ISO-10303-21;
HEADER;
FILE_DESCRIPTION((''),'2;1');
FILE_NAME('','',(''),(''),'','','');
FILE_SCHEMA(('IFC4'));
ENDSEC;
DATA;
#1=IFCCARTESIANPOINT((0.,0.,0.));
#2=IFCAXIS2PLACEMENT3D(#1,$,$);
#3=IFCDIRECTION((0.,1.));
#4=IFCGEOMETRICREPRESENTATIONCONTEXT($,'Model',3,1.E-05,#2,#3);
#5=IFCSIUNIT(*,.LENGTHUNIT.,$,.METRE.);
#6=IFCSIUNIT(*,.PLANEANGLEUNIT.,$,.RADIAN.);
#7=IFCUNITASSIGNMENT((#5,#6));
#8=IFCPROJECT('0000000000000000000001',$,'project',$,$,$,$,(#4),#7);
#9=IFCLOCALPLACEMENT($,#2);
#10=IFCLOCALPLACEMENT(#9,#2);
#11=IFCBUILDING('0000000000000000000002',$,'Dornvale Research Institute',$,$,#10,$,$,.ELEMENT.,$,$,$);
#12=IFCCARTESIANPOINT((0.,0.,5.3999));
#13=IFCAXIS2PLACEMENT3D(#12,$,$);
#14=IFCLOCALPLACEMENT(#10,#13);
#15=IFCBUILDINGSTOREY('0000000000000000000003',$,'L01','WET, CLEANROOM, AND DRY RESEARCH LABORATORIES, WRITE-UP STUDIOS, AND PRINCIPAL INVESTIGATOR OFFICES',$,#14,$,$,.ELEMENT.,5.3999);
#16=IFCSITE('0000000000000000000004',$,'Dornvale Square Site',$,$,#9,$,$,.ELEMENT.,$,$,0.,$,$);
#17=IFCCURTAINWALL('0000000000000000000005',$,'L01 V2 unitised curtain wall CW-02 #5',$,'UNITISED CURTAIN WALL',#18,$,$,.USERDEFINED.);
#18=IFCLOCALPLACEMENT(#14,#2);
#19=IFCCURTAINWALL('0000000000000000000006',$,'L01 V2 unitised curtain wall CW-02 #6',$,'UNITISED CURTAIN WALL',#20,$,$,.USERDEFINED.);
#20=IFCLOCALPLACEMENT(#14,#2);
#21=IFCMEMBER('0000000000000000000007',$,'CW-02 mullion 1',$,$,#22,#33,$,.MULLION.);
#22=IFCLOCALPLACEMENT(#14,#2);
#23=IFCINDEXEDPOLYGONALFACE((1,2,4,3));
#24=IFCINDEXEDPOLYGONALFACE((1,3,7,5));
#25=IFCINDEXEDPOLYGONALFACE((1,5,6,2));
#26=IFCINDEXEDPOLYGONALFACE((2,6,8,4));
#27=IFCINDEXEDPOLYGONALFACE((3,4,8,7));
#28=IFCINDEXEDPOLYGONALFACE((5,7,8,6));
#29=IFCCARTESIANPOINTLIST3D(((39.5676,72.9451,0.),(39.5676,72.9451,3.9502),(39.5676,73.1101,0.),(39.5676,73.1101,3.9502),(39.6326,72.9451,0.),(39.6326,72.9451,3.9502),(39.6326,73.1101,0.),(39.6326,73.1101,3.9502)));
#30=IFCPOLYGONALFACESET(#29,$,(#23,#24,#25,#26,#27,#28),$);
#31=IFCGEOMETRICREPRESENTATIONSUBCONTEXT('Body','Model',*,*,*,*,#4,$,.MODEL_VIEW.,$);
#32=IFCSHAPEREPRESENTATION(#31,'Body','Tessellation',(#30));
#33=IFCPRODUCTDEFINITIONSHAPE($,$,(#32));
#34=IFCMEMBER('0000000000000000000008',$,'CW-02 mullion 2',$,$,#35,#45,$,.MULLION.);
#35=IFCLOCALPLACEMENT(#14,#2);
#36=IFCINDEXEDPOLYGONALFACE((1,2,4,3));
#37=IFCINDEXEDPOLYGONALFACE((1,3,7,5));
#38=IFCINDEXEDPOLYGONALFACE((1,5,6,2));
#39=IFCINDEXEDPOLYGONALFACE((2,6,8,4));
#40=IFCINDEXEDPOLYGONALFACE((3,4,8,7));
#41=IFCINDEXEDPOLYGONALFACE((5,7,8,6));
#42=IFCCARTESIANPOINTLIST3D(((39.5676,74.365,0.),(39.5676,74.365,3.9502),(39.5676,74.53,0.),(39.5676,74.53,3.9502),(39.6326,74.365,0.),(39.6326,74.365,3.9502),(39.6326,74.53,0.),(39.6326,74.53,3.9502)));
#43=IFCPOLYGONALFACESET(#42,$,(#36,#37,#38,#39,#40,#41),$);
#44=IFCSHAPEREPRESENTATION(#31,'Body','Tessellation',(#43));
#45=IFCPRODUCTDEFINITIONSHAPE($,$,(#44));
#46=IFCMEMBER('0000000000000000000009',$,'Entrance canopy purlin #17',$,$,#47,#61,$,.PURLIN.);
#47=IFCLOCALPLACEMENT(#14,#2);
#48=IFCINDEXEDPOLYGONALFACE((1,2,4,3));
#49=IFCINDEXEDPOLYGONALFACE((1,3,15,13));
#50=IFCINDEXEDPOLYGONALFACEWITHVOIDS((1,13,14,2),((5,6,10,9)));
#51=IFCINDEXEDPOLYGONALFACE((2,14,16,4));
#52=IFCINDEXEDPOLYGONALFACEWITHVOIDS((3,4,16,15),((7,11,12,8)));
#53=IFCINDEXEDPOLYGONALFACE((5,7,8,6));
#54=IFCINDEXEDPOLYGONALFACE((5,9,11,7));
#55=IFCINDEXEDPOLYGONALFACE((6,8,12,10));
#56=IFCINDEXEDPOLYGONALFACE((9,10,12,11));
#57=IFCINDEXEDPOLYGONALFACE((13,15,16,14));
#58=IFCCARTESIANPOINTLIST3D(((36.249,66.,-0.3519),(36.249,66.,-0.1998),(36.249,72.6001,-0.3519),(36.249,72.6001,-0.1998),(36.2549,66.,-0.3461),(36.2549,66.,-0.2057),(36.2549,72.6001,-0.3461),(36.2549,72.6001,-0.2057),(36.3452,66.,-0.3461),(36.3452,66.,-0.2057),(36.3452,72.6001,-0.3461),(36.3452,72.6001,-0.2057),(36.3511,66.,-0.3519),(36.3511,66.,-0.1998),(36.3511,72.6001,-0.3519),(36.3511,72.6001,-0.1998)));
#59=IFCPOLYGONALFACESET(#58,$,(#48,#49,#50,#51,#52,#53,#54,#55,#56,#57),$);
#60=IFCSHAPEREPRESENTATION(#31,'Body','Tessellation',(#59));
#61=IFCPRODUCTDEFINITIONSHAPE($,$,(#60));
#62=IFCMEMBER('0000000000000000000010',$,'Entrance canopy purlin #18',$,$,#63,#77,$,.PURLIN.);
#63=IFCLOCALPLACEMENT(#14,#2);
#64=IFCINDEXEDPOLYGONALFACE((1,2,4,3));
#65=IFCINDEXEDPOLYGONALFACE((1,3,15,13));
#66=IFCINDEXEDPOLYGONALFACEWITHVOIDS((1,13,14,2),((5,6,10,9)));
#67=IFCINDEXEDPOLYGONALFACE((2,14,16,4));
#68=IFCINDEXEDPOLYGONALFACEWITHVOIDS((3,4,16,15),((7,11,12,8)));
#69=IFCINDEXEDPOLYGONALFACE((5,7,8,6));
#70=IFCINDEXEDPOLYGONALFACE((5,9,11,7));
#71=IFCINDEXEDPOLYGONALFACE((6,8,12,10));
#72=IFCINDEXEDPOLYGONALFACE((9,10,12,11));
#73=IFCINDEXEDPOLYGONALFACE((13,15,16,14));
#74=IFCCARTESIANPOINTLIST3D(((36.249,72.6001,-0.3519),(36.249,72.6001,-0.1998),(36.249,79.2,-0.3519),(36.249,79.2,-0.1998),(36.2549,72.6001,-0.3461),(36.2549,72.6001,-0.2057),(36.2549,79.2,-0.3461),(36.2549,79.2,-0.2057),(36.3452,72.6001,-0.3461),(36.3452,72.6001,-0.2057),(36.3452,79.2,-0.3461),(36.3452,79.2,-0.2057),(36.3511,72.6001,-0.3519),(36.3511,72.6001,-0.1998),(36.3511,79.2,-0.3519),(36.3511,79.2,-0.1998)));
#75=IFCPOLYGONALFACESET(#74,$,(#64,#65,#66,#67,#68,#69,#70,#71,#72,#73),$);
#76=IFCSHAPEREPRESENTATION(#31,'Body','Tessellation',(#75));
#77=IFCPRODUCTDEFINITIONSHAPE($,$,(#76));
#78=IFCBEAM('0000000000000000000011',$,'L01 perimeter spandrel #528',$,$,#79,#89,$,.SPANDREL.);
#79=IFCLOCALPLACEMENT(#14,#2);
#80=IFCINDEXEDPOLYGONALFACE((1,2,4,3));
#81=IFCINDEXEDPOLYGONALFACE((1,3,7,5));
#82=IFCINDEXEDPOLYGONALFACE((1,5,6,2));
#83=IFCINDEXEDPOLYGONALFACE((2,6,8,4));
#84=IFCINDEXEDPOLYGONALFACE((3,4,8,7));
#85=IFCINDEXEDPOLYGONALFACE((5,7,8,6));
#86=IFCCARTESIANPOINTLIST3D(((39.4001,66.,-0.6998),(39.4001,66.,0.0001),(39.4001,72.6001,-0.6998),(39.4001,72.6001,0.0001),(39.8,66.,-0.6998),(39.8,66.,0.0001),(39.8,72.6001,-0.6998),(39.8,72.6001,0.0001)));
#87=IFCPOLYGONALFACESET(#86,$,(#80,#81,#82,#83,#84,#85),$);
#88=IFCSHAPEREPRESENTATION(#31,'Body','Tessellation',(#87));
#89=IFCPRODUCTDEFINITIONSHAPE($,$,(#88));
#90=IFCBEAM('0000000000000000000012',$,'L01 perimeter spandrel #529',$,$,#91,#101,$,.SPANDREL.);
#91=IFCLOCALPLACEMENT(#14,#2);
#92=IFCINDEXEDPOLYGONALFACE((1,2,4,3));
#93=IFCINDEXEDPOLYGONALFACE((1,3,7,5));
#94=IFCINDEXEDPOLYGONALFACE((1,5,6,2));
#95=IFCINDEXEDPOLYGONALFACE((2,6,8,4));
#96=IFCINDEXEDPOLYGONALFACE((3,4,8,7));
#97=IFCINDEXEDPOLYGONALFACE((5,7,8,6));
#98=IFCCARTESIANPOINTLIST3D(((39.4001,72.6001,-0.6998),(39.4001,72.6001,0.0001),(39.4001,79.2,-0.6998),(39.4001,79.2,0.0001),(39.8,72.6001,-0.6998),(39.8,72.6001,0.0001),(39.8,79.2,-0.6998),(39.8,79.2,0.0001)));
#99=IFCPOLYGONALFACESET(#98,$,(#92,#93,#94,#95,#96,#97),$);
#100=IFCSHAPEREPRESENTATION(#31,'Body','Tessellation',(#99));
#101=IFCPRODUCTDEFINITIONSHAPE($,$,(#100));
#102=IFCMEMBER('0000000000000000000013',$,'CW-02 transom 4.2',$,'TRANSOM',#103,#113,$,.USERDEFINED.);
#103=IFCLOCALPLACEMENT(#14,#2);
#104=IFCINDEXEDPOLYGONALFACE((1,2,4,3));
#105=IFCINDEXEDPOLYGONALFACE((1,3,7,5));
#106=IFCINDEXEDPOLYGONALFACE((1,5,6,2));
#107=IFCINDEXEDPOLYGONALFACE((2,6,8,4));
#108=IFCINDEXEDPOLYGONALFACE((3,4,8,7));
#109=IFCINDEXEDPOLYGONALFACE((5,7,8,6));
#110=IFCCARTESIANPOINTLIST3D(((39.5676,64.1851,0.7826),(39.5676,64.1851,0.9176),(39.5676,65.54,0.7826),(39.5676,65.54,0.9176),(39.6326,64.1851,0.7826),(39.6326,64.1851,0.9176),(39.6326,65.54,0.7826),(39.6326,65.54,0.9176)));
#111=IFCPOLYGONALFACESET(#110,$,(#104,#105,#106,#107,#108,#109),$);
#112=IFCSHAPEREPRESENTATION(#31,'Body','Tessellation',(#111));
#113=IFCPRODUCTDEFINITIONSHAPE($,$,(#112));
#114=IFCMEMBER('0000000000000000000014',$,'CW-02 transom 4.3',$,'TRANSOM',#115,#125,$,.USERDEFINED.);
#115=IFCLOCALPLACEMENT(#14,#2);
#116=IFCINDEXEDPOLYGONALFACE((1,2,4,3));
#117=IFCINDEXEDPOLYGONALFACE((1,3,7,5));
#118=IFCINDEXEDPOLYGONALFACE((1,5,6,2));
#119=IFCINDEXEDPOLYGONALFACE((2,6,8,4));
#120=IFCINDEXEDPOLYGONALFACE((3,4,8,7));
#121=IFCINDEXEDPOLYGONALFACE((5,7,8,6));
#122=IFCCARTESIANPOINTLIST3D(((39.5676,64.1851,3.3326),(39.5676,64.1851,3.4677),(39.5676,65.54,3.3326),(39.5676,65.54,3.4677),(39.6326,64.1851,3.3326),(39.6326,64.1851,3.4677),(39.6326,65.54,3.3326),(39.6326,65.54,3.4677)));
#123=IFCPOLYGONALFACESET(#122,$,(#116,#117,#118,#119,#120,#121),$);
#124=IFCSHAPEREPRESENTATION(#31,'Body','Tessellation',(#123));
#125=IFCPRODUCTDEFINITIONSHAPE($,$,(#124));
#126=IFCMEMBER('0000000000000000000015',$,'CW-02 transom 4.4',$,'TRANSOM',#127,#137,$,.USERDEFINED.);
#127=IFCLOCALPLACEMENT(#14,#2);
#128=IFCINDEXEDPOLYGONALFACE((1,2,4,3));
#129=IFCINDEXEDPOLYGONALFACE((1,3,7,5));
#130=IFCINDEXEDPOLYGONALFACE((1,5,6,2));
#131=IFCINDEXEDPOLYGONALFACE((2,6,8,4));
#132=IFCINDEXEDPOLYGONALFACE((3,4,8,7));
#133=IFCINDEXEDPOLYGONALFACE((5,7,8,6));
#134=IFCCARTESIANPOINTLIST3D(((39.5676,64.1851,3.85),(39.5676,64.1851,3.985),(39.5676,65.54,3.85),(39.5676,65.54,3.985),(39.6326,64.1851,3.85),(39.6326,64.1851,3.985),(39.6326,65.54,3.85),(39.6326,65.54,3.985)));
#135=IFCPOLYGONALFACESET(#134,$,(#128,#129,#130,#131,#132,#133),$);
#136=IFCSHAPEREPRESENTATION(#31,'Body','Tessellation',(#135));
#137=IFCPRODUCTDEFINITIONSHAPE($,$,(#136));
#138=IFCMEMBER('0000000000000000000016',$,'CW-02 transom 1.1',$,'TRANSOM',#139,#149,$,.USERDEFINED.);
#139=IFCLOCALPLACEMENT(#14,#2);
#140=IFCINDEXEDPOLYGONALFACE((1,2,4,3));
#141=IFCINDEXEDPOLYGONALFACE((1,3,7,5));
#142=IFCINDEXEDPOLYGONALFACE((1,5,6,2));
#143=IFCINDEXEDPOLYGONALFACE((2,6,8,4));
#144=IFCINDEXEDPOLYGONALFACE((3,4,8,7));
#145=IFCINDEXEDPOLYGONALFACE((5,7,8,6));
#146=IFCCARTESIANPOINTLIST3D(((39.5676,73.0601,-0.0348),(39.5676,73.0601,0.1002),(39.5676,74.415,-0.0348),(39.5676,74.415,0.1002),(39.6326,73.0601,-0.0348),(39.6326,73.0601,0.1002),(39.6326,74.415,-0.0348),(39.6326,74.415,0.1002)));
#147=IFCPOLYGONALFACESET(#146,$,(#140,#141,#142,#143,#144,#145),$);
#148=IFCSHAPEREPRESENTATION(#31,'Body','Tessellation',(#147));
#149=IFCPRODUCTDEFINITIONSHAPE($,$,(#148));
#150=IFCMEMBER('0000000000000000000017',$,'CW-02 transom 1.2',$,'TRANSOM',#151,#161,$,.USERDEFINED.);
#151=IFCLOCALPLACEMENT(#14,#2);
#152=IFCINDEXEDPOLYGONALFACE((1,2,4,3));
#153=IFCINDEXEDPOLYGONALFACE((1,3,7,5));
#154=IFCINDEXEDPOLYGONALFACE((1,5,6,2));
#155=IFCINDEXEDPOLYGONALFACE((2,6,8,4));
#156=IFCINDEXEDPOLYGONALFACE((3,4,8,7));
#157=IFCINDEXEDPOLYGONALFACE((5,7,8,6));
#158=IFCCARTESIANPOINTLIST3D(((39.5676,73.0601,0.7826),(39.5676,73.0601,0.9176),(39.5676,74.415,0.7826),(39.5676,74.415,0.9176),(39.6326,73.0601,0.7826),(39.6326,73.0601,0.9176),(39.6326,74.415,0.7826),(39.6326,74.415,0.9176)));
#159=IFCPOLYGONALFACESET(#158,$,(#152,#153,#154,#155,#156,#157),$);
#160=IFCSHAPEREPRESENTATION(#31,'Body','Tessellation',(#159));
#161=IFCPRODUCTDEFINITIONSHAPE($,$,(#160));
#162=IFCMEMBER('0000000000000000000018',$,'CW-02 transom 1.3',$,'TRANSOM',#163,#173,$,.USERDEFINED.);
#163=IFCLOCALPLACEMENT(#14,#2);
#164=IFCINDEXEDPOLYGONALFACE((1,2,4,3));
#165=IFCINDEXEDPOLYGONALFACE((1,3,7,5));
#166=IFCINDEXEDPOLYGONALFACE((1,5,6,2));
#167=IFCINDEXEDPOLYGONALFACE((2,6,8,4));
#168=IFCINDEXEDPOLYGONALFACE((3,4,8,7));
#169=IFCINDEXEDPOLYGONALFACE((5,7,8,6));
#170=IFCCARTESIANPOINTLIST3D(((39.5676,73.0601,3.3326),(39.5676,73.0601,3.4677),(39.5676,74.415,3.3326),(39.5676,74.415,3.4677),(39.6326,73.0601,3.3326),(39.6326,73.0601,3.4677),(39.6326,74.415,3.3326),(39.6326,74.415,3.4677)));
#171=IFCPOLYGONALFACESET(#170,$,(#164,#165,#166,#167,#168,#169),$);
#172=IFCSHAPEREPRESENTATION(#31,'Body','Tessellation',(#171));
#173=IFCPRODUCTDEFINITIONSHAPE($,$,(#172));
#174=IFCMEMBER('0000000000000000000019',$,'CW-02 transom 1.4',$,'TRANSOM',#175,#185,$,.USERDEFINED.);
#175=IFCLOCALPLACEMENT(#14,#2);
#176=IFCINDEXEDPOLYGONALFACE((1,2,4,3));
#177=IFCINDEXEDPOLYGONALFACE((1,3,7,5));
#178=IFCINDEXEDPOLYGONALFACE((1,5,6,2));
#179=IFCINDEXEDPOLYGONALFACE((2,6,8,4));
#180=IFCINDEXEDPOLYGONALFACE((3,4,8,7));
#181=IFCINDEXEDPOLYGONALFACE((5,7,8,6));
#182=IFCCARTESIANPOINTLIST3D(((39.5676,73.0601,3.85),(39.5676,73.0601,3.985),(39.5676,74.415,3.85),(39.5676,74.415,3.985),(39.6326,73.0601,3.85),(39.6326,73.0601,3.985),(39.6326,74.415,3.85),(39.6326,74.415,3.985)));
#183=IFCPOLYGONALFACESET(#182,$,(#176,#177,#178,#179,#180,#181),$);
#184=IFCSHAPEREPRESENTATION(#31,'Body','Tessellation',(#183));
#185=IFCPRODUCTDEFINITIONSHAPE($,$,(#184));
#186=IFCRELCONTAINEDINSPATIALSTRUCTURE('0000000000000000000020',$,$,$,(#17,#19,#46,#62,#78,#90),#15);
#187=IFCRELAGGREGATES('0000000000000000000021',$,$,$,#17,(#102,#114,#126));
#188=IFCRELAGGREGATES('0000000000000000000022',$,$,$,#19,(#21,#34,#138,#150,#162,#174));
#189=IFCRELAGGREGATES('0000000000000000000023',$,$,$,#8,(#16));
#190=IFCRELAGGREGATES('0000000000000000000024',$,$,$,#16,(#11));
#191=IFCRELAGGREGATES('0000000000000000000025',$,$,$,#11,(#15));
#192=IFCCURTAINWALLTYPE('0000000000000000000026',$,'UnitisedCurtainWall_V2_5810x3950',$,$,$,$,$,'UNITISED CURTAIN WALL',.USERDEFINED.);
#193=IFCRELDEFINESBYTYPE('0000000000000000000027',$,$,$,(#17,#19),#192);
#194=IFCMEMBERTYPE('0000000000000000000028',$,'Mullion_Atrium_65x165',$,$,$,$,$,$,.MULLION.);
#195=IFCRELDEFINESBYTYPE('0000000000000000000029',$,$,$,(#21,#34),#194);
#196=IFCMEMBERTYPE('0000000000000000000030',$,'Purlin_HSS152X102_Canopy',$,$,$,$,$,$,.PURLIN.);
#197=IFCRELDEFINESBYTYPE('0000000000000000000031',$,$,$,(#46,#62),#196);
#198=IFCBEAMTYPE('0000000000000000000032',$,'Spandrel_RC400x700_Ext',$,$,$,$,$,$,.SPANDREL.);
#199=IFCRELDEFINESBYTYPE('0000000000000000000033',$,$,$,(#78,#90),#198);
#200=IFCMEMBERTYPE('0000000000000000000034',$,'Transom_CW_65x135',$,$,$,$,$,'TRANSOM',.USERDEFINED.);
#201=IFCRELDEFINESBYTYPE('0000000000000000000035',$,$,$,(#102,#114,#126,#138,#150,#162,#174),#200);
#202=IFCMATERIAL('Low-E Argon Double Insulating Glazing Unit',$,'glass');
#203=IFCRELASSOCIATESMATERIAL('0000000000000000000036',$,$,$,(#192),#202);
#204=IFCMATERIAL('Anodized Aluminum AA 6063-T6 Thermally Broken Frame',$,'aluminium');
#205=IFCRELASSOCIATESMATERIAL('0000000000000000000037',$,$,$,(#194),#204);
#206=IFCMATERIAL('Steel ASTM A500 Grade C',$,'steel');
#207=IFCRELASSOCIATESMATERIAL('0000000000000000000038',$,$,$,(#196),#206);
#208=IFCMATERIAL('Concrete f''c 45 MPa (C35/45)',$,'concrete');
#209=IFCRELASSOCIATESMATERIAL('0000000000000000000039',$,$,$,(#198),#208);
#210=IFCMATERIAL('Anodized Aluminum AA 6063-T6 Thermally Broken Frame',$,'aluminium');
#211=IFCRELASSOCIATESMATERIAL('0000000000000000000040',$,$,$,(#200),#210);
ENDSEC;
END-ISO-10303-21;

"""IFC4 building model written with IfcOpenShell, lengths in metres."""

from ifc_helpers import new_model, si_unit, direction, frame, origin, origin_2d, place, context, subcontext, project, spatial, rectangle, hollow_rectangle, extrude, material, material_profile, profile_set, type_object, element, aggregate, save


model = new_model("IFC4")

# Units and contexts
model_context = context("Model", 3, precision=1e-05, world=origin(), true_north=direction((0.0, 1.0)))
body_context = subcontext(model_context, "Body", "Model", "MODEL_VIEW")
ifc_project = project(units=[si_unit("LENGTHUNIT", "METRE"), si_unit("PLANEANGLEUNIT", "RADIAN")], contexts=[model_context])

# Site, building, storey
site_placement = place(None, origin())
site = spatial("IfcSite", under=ifc_project, at=site_placement, Name="Dornvale Square Site", CompositionType="ELEMENT", RefElevation=0.0)
building_placement = place(site_placement, origin())
building = spatial("IfcBuilding", under=site, at=building_placement, Name="Dornvale Research Institute", CompositionType="ELEMENT")
storey_placement = place(building_placement, frame((0.0, 0.0, 5.3999)))
storey = spatial("IfcBuildingStorey", under=building, at=storey_placement, Name="L01", Description="WET, CLEANROOM, AND DRY RESEARCH LABORATORIES, WRITE-UP STUDIOS, AND PRINCIPAL INVESTIGATOR OFFICES", CompositionType="ELEMENT", Elevation=5.3999)

# Curtain wall
ifc_material_1 = material(Name="Low-E Argon Double Insulating Glazing Unit", Category="glass")
curtain_wall_type = type_object("IfcCurtainWallType", Name="UnitisedCurtainWall_V2_5810x3950", ElementType="UNITISED CURTAIN WALL", PredefinedType="USERDEFINED", material=ifc_material_1)
curtain_wall_1_placement = place(storey_placement, origin())
curtain_wall_1 = element("IfcCurtainWall", 1, at=curtain_wall_1_placement, inside=storey, type_object=curtain_wall_type, Name="L01 V2 unitised curtain wall CW-02 #5", ObjectType="UNITISED CURTAIN WALL", PredefinedType="USERDEFINED")
ifc_material_2 = material(Name="Anodized Aluminum AA 6063-T6 Thermally Broken Frame", Category="aluminium")
ifc_material_profile_1 = material_profile(ifc_material_2, rectangle(XDim=0.0649, YDim=0.165, at=origin_2d()), Name="ALU MULLION 65x165")
ifc_profile_set_1 = profile_set([ifc_material_profile_1], Name="Anodized Aluminum AA 6063-T6 Thermally Broken Frame")
member_type_1 = type_object("IfcMemberType", Name="Mullion_Atrium_65x165", PredefinedType="MULLION", material=ifc_profile_set_1)

# Curtain wall, members
curtain_wall_2_placement = place(storey_placement, origin())
curtain_wall_2 = element("IfcCurtainWall", 2, at=curtain_wall_2_placement, inside=storey, type_object=curtain_wall_type, Name="L01 V2 unitised curtain wall CW-02 #6", ObjectType="UNITISED CURTAIN WALL", PredefinedType="USERDEFINED")
member_1_placement = place(storey_placement, frame((39.6001, 73.0276, 0.0), z_axis=(0.0, 0.0, 1.0), x_axis=(-1.0, 0.0, 0.0)))
member_1 = element("IfcMember", 3, at=member_1_placement, type_object=member_type_1, Name="CW-02 mullion 1", PredefinedType="MULLION", context=body_context, shape_type="SweptSolid", body=[
    extrude(rectangle(XDim=0.0649, YDim=0.165, at=origin_2d()), origin(), (0.0, 0.0, 1.0), 3.9502),
])
member_2_placement = place(storey_placement, frame((39.6001, 74.4475, 0.0), z_axis=(0.0, 0.0, 1.0), x_axis=(-1.0, 0.0, 0.0)))
member_2 = element("IfcMember", 4, at=member_2_placement, type_object=member_type_1, Name="CW-02 mullion 2", PredefinedType="MULLION", context=body_context, shape_type="SweptSolid", body=[
    extrude(rectangle(XDim=0.0649, YDim=0.165, at=origin_2d()), origin(), (0.0, 0.0, 1.0), 3.9502),
])

# Members
ifc_material_3 = material(Name="Steel ASTM A500 Grade C", Category="steel")
ifc_material_profile_2 = material_profile(ifc_material_3, hollow_rectangle(XDim=0.1021, YDim=0.1521, WallThickness=0.0059, at=origin_2d()), Name="HSS152X102X6.4")
ifc_profile_set_2 = profile_set([ifc_material_profile_2], Name="Steel ASTM A500 Grade C")
member_type_2 = type_object("IfcMemberType", Name="Purlin_HSS152X102_Canopy", PredefinedType="PURLIN", material=ifc_profile_set_2)
member_3_placement = place(storey_placement, frame((36.3, 66.0, -0.2759), z_axis=(0.0, 1.0, 0.0), x_axis=(-1.0, 0.0, 0.0)))
element("IfcMember", 5, at=member_3_placement, inside=storey, type_object=member_type_2, Name="Entrance canopy purlin #17", PredefinedType="PURLIN", context=body_context, shape_type="SweptSolid", body=[
    extrude(hollow_rectangle(XDim=0.1021, YDim=0.1521, WallThickness=0.0059, at=origin_2d()), origin(), (0.0, 0.0, 1.0), 6.6001),
])
member_4_placement = place(storey_placement, frame((36.3, 72.6001, -0.2759), z_axis=(0.0, 1.0, 0.0), x_axis=(-1.0, 0.0, 0.0)))
element("IfcMember", 6, at=member_4_placement, inside=storey, type_object=member_type_2, Name="Entrance canopy purlin #18", PredefinedType="PURLIN", context=body_context, shape_type="SweptSolid", body=[
    extrude(hollow_rectangle(XDim=0.1021, YDim=0.1521, WallThickness=0.0059, at=origin_2d()), origin(), (0.0, 0.0, 1.0), 6.5999),
])

# Beams
ifc_material_4 = material(Name="Concrete f'c 45 MPa (C35/45)", Category="concrete")
ifc_material_profile_3 = material_profile(ifc_material_4, rectangle(XDim=0.3999, YDim=0.7, at=origin_2d()), Name="RC 400x700")
ifc_profile_set_3 = profile_set([ifc_material_profile_3], Name="Concrete f'c 45 MPa (C35/45)")
beam_type_1 = type_object("IfcBeamType", Name="Spandrel_RC400x700_Ext", PredefinedType="SPANDREL", material=ifc_profile_set_3)
beam_1_placement = place(storey_placement, frame((39.6001, 66.0, -0.3499), z_axis=(0.0, 1.0, 0.0), x_axis=(-1.0, 0.0, 0.0)))
element("IfcBeam", 7, at=beam_1_placement, inside=storey, type_object=beam_type_1, Name="L01 perimeter spandrel #528", PredefinedType="SPANDREL", context=body_context, shape_type="SweptSolid", body=[
    extrude(rectangle(XDim=0.3999, YDim=0.7, at=origin_2d()), origin(), (0.0, 0.0, 1.0), 6.6001),
])
beam_2_placement = place(storey_placement, frame((39.6001, 72.6001, -0.3499), z_axis=(0.0, 1.0, 0.0), x_axis=(-1.0, 0.0, 0.0)))
element("IfcBeam", 8, at=beam_2_placement, inside=storey, type_object=beam_type_1, Name="L01 perimeter spandrel #529", PredefinedType="SPANDREL", context=body_context, shape_type="SweptSolid", body=[
    extrude(rectangle(XDim=0.3999, YDim=0.7, at=origin_2d()), origin(), (0.0, 0.0, 1.0), 6.5999),
])

# Members
ifc_material_5 = material(Name="Anodized Aluminum AA 6063-T6 Thermally Broken Frame", Category="aluminium")
ifc_material_profile_4 = material_profile(ifc_material_5, rectangle(XDim=0.0649, YDim=0.135, at=origin_2d()), Name="ALU TRANSOM 65x135")
ifc_profile_set_4 = profile_set([ifc_material_profile_4], Name="Anodized Aluminum AA 6063-T6 Thermally Broken Frame")
member_type_3 = type_object("IfcMemberType", Name="Transom_CW_65x135", ElementType="TRANSOM", PredefinedType="USERDEFINED", material=ifc_profile_set_4)
member_5_placement = place(storey_placement, frame((39.6001, 64.1851, 0.8501), z_axis=(0.0, 1.0, 0.0), x_axis=(-1.0, 0.0, 0.0)))
member_5 = element("IfcMember", 9, at=member_5_placement, type_object=member_type_3, Name="CW-02 transom 4.2", ObjectType="TRANSOM", PredefinedType="USERDEFINED", context=body_context, shape_type="SweptSolid", body=[
    extrude(rectangle(XDim=0.0649, YDim=0.135, at=origin_2d()), origin(), (0.0, 0.0, 1.0), 1.355),
])
member_6_placement = place(storey_placement, frame((39.6001, 64.1851, 3.4001), z_axis=(0.0, 1.0, 0.0), x_axis=(-1.0, 0.0, 0.0)))
member_6 = element("IfcMember", 10, at=member_6_placement, type_object=member_type_3, Name="CW-02 transom 4.3", ObjectType="TRANSOM", PredefinedType="USERDEFINED", context=body_context, shape_type="SweptSolid", body=[
    extrude(rectangle(XDim=0.0649, YDim=0.135, at=origin_2d()), origin(), (0.0, 0.0, 1.0), 1.355),
])
member_7_placement = place(storey_placement, frame((39.6001, 64.1851, 3.9175), z_axis=(0.0, 1.0, 0.0), x_axis=(-1.0, 0.0, 0.0)))
member_7 = element("IfcMember", 11, at=member_7_placement, type_object=member_type_3, Name="CW-02 transom 4.4", ObjectType="TRANSOM", PredefinedType="USERDEFINED", context=body_context, shape_type="SweptSolid", body=[
    extrude(rectangle(XDim=0.0649, YDim=0.135, at=origin_2d()), origin(), (0.0, 0.0, 1.0), 1.355),
])
member_8_placement = place(storey_placement, frame((39.6001, 73.0601, 0.0327), z_axis=(0.0, 1.0, 0.0), x_axis=(-1.0, 0.0, 0.0)))
member_8 = element("IfcMember", 12, at=member_8_placement, type_object=member_type_3, Name="CW-02 transom 1.1", ObjectType="TRANSOM", PredefinedType="USERDEFINED", context=body_context, shape_type="SweptSolid", body=[
    extrude(rectangle(XDim=0.0649, YDim=0.135, at=origin_2d()), origin(), (0.0, 0.0, 1.0), 1.355),
])
member_9_placement = place(storey_placement, frame((39.6001, 73.0601, 0.8501), z_axis=(0.0, 1.0, 0.0), x_axis=(-1.0, 0.0, 0.0)))
member_9 = element("IfcMember", 13, at=member_9_placement, type_object=member_type_3, Name="CW-02 transom 1.2", ObjectType="TRANSOM", PredefinedType="USERDEFINED", context=body_context, shape_type="SweptSolid", body=[
    extrude(rectangle(XDim=0.0649, YDim=0.135, at=origin_2d()), origin(), (0.0, 0.0, 1.0), 1.355),
])
member_10_placement = place(storey_placement, frame((39.6001, 73.0601, 3.4001), z_axis=(0.0, 1.0, 0.0), x_axis=(-1.0, 0.0, 0.0)))
member_10 = element("IfcMember", 14, at=member_10_placement, type_object=member_type_3, Name="CW-02 transom 1.3", ObjectType="TRANSOM", PredefinedType="USERDEFINED", context=body_context, shape_type="SweptSolid", body=[
    extrude(rectangle(XDim=0.0649, YDim=0.135, at=origin_2d()), origin(), (0.0, 0.0, 1.0), 1.355),
])
member_11_placement = place(storey_placement, frame((39.6001, 73.0601, 3.9175), z_axis=(0.0, 1.0, 0.0), x_axis=(-1.0, 0.0, 0.0)))
member_11 = element("IfcMember", 15, at=member_11_placement, type_object=member_type_3, Name="CW-02 transom 1.4", ObjectType="TRANSOM", PredefinedType="USERDEFINED", context=body_context, shape_type="SweptSolid", body=[
    extrude(rectangle(XDim=0.0649, YDim=0.135, at=origin_2d()), origin(), (0.0, 0.0, 1.0), 1.355),
])

aggregate(curtain_wall_1, [member_5, member_6, member_7])
aggregate(curtain_wall_2, [member_1, member_2, member_8, member_9, member_10, member_11])

save(model, "model.ifc")
